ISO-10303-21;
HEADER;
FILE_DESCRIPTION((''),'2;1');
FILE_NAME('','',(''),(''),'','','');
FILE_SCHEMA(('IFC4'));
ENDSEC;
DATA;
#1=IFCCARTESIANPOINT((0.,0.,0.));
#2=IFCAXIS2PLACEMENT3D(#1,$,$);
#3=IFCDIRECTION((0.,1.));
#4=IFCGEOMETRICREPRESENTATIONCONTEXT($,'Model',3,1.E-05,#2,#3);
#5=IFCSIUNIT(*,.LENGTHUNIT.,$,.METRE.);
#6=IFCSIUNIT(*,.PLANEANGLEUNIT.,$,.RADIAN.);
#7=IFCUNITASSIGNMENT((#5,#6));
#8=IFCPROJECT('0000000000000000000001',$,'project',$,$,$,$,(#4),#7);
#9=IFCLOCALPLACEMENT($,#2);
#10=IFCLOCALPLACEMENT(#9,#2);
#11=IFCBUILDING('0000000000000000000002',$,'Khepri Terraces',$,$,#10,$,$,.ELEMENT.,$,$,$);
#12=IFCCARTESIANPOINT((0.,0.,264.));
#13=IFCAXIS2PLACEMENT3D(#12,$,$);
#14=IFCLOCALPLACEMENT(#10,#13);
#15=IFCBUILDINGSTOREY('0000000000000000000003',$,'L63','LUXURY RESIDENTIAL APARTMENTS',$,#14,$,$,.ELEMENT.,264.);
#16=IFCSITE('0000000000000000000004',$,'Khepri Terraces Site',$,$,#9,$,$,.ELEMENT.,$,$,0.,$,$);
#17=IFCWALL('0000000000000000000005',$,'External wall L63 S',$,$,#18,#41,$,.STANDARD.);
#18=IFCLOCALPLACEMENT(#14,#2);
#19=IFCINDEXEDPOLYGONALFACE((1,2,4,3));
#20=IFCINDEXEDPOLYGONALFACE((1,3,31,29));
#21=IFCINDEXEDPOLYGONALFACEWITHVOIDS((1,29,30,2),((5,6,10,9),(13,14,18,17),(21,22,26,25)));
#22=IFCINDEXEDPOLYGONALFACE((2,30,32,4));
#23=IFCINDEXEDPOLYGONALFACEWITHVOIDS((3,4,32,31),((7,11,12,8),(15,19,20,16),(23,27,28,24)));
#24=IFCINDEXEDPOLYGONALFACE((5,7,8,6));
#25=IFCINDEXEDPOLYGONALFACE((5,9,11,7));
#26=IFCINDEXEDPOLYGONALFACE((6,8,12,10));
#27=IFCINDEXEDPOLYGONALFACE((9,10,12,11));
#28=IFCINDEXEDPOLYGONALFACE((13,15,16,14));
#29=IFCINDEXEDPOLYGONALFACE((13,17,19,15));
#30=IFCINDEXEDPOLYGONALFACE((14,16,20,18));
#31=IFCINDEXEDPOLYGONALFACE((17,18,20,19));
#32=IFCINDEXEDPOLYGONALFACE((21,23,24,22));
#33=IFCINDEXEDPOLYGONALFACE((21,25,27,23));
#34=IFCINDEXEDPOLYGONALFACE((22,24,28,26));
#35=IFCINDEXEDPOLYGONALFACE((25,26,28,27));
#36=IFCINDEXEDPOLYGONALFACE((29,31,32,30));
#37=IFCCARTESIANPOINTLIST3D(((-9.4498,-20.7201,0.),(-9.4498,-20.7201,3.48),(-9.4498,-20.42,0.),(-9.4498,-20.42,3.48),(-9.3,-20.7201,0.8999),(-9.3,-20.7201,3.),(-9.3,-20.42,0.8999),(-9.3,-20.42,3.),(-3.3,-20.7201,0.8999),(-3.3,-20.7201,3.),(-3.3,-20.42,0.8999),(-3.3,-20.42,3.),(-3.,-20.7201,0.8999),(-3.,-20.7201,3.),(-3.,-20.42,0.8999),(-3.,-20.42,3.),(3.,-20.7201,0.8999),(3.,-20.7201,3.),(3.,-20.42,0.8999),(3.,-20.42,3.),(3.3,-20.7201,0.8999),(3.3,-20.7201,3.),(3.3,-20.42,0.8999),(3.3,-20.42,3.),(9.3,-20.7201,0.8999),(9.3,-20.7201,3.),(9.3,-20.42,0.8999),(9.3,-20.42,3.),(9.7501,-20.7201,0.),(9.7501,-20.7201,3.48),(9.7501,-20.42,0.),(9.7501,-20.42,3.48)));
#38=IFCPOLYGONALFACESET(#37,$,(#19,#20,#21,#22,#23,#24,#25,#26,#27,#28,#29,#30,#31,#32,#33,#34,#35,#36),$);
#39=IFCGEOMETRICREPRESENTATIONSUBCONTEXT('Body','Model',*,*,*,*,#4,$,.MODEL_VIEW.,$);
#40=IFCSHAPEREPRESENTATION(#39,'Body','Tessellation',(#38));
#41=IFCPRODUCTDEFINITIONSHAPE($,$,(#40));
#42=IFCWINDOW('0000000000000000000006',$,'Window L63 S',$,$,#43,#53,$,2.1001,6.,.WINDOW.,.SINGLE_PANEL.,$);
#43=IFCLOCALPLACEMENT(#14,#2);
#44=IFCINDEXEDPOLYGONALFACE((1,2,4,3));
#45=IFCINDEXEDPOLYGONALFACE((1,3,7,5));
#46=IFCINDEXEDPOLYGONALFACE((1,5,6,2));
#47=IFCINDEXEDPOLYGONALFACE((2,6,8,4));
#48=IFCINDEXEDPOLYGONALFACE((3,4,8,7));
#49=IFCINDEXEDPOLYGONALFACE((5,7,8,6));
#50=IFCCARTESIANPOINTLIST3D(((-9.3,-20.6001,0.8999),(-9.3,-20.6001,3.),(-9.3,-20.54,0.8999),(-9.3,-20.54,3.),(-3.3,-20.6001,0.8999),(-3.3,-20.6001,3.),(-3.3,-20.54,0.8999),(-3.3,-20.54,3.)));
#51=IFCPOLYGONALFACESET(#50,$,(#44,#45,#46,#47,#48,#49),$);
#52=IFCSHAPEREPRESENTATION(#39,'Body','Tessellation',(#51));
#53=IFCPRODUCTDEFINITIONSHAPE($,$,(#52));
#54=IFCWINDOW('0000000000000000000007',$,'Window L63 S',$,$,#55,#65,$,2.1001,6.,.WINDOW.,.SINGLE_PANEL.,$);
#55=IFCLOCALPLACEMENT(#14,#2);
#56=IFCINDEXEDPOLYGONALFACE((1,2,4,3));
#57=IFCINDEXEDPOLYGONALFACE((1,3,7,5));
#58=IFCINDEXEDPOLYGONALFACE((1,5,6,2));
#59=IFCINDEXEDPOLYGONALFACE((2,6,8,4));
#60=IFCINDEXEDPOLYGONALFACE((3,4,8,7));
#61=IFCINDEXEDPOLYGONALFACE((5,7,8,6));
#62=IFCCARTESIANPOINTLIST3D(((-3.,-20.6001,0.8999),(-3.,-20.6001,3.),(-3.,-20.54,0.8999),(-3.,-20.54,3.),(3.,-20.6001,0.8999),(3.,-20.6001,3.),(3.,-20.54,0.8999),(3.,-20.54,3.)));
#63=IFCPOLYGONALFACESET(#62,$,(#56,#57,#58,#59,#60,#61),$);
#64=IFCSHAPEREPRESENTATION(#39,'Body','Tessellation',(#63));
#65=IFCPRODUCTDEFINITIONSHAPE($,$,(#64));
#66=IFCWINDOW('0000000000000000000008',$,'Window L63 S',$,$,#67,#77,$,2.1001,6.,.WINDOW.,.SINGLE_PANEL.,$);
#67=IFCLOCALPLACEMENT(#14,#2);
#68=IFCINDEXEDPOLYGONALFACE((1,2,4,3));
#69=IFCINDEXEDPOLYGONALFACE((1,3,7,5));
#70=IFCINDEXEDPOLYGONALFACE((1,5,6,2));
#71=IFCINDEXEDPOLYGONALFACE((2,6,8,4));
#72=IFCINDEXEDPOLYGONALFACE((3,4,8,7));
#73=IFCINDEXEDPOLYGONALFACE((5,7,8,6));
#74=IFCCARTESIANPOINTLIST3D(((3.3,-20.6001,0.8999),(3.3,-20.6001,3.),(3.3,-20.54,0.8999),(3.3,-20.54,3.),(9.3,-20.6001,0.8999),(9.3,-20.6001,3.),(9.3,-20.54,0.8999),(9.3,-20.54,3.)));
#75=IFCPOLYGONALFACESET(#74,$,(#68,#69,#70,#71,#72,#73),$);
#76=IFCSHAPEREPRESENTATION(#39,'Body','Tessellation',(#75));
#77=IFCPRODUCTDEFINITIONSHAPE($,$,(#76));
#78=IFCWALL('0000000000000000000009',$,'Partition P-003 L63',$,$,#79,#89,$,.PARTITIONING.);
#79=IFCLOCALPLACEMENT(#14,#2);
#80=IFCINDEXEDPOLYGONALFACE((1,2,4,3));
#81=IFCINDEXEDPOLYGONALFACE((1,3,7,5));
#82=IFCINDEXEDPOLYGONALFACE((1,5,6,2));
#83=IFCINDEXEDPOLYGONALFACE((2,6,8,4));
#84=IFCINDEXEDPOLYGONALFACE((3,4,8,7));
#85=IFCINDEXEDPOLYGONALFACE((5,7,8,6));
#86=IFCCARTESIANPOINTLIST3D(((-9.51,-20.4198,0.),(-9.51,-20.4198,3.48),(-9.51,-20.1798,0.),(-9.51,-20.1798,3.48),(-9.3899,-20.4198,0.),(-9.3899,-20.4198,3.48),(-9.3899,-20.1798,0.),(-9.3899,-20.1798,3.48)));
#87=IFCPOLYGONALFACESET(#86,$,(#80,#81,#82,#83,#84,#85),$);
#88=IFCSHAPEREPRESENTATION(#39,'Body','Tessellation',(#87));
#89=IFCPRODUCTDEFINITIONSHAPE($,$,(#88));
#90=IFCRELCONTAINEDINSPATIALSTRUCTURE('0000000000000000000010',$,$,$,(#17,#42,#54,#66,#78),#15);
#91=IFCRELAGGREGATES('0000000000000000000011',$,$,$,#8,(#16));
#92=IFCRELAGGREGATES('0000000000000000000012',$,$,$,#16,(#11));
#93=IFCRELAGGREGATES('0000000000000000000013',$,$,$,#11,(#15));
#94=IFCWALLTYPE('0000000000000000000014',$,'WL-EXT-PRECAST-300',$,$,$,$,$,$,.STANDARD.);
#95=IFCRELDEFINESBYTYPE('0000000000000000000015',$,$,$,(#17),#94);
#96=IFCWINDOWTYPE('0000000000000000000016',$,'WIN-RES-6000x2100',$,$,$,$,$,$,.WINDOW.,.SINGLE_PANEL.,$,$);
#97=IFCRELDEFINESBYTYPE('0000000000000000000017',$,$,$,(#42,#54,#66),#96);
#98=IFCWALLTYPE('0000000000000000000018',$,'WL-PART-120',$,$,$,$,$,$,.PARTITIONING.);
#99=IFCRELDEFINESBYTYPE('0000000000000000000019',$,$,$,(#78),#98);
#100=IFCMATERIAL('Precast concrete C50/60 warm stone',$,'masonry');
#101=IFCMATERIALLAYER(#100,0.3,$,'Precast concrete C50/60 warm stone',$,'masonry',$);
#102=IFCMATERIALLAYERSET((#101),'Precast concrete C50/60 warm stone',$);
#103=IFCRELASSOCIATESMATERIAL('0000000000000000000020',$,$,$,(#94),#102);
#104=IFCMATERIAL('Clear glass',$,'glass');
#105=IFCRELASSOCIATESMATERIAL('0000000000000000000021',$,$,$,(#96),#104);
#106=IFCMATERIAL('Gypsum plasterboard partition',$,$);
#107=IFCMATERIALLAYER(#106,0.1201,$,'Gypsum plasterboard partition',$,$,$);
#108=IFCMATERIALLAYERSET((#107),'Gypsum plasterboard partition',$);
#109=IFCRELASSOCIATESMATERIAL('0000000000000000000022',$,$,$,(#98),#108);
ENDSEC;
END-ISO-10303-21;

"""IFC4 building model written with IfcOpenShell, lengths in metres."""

from ifc_helpers import new_model, si_unit, direction, frame, frame_2d, origin, place, context, subcontext, project, spatial, rectangle, extrude, material, layer, layer_set, type_object, element, fill, save


model = new_model("IFC4")

# Units and contexts
model_context = context("Model", 3, precision=1e-05, world=origin(), true_north=direction((0.0, 1.0)))
body_context = subcontext(model_context, "Body", "Model", "MODEL_VIEW")
ifc_project = project(units=[si_unit("LENGTHUNIT", "METRE"), si_unit("PLANEANGLEUNIT", "RADIAN")], contexts=[model_context])

# Site, building, storey
site_placement = place(None, origin())
site = spatial("IfcSite", under=ifc_project, at=site_placement, Name="Khepri Terraces Site", CompositionType="ELEMENT", RefElevation=0.0)
building_placement = place(site_placement, origin())
building = spatial("IfcBuilding", under=site, at=building_placement, Name="Khepri Terraces", CompositionType="ELEMENT")
storey_placement = place(building_placement, frame((0.0, 0.0, 264.0)))
storey = spatial("IfcBuildingStorey", under=building, at=storey_placement, Name="L63", Description="LUXURY RESIDENTIAL APARTMENTS", CompositionType="ELEMENT", Elevation=264.0)

# Shared definitions
ifc_material_1 = material(Name="Precast concrete C50/60 warm stone", Category="masonry")
ifc_layer_1 = layer(ifc_material_1, 0.3, Name="Precast concrete C50/60 warm stone", Category="masonry")
ifc_layer_set_1 = layer_set([ifc_layer_1], Name="Precast concrete C50/60 warm stone")
wall_type_1 = type_object("IfcWallType", Name="WL-EXT-PRECAST-300", PredefinedType="STANDARD", material=ifc_layer_set_1)

# Wall, openings, windows
wall_1_placement = place(storey_placement, frame((-9.45, -20.5701, 0.0), z_axis=(0.0, 0.0, 1.0), x_axis=(1.0, 0.0, 0.0)))
wall_1 = element("IfcWall", 1, at=wall_1_placement, inside=storey, type_object=wall_type_1, Name="External wall L63 S", PredefinedType="STANDARD", context=body_context, shape_type="SweptSolid", body=[
    extrude(rectangle(XDim=19.2, YDim=0.3, at=frame_2d((9.6001, 0.0))), origin(), (0.0, 0.0, 1.0), 3.48),
])
opening_1_placement = place(wall_1_placement, frame((0.1499, 0.0, 0.8999)))
opening_1 = element("IfcOpeningElement", 2, at=opening_1_placement, cuts=wall_1, PredefinedType="OPENING", context=body_context, shape_type="SweptSolid", body=[
    extrude(rectangle(XDim=6.0, YDim=2.1001, at=frame_2d((3.0, 1.05))), frame((0.0, 0.1602, 0.0), z_axis=(0.0, -1.0, 0.0), x_axis=(1.0, 0.0, 0.0)), (0.0, 0.0, 1.0), 0.3201),
])
opening_2_placement = place(wall_1_placement, frame((6.45, 0.0, 0.8999)))
opening_2 = element("IfcOpeningElement", 3, at=opening_2_placement, cuts=wall_1, PredefinedType="OPENING", context=body_context, shape_type="SweptSolid", body=[
    extrude(rectangle(XDim=6.0, YDim=2.1001, at=frame_2d((3.0, 1.05))), frame((0.0, 0.1602, 0.0), z_axis=(0.0, -1.0, 0.0), x_axis=(1.0, 0.0, 0.0)), (0.0, 0.0, 1.0), 0.3201),
])
opening_3_placement = place(wall_1_placement, frame((12.75, 0.0, 0.8999)))
opening_3 = element("IfcOpeningElement", 4, at=opening_3_placement, cuts=wall_1, PredefinedType="OPENING", context=body_context, shape_type="SweptSolid", body=[
    extrude(rectangle(XDim=6.0, YDim=2.1001, at=frame_2d((3.0, 1.05))), frame((0.0, 0.1602, 0.0), z_axis=(0.0, -1.0, 0.0), x_axis=(1.0, 0.0, 0.0)), (0.0, 0.0, 1.0), 0.3201),
])
ifc_material_2 = material(Name="Clear glass", Category="glass")
window_type = type_object("IfcWindowType", Name="WIN-RES-6000x2100", PartitioningType="SINGLE_PANEL", PredefinedType="WINDOW", material=ifc_material_2)
window_1_placement = place(opening_1_placement, origin())
window_1 = element("IfcWindow", 5, at=window_1_placement, inside=storey, type_object=window_type, Name="Window L63 S", OverallHeight=2.1001, OverallWidth=6.0, PartitioningType="SINGLE_PANEL", PredefinedType="WINDOW", context=body_context, shape_type="SweptSolid", body=[
    extrude(rectangle(XDim=6.0, YDim=2.1001, at=frame_2d((3.0, 1.05))), frame((0.0, 0.03, 0.0), z_axis=(0.0, -1.0, 0.0), x_axis=(1.0, 0.0, 0.0)), (0.0, 0.0, 1.0), 0.0601),
])
fill(opening_1, window_1)
window_2_placement = place(opening_2_placement, origin())
window_2 = element("IfcWindow", 6, at=window_2_placement, inside=storey, type_object=window_type, Name="Window L63 S", OverallHeight=2.1001, OverallWidth=6.0, PartitioningType="SINGLE_PANEL", PredefinedType="WINDOW", context=body_context, shape_type="SweptSolid", body=[
    extrude(rectangle(XDim=6.0, YDim=2.1001, at=frame_2d((3.0, 1.05))), frame((0.0, 0.03, 0.0), z_axis=(0.0, -1.0, 0.0), x_axis=(1.0, 0.0, 0.0)), (0.0, 0.0, 1.0), 0.0601),
])
fill(opening_2, window_2)
window_3_placement = place(opening_3_placement, origin())
window_3 = element("IfcWindow", 7, at=window_3_placement, inside=storey, type_object=window_type, Name="Window L63 S", OverallHeight=2.1001, OverallWidth=6.0, PartitioningType="SINGLE_PANEL", PredefinedType="WINDOW", context=body_context, shape_type="SweptSolid", body=[
    extrude(rectangle(XDim=6.0, YDim=2.1001, at=frame_2d((3.0, 1.05))), frame((0.0, 0.03, 0.0), z_axis=(0.0, -1.0, 0.0), x_axis=(1.0, 0.0, 0.0)), (0.0, 0.0, 1.0), 0.0601),
])
fill(opening_3, window_3)

# Wall
ifc_material_3 = material(Name="Gypsum plasterboard partition")
ifc_layer_2 = layer(ifc_material_3, 0.1201, Name="Gypsum plasterboard partition")
ifc_layer_set_2 = layer_set([ifc_layer_2], Name="Gypsum plasterboard partition")
wall_type_2 = type_object("IfcWallType", Name="WL-PART-120", PredefinedType="PARTITIONING", material=ifc_layer_set_2)
wall_2_placement = place(storey_placement, frame((-9.45, -20.4199, 0.0), z_axis=(0.0, 0.0, 1.0), x_axis=(0.0, 1.0, 0.0)))
element("IfcWall", 8, at=wall_2_placement, inside=storey, type_object=wall_type_2, Name="Partition P-003 L63", PredefinedType="PARTITIONING", context=body_context, shape_type="SweptSolid", body=[
    extrude(rectangle(XDim=0.24, YDim=0.1201, at=frame_2d((0.1201, 0.0))), origin(), (0.0, 0.0, 1.0), 3.48),
])

save(model, "model.ifc")
